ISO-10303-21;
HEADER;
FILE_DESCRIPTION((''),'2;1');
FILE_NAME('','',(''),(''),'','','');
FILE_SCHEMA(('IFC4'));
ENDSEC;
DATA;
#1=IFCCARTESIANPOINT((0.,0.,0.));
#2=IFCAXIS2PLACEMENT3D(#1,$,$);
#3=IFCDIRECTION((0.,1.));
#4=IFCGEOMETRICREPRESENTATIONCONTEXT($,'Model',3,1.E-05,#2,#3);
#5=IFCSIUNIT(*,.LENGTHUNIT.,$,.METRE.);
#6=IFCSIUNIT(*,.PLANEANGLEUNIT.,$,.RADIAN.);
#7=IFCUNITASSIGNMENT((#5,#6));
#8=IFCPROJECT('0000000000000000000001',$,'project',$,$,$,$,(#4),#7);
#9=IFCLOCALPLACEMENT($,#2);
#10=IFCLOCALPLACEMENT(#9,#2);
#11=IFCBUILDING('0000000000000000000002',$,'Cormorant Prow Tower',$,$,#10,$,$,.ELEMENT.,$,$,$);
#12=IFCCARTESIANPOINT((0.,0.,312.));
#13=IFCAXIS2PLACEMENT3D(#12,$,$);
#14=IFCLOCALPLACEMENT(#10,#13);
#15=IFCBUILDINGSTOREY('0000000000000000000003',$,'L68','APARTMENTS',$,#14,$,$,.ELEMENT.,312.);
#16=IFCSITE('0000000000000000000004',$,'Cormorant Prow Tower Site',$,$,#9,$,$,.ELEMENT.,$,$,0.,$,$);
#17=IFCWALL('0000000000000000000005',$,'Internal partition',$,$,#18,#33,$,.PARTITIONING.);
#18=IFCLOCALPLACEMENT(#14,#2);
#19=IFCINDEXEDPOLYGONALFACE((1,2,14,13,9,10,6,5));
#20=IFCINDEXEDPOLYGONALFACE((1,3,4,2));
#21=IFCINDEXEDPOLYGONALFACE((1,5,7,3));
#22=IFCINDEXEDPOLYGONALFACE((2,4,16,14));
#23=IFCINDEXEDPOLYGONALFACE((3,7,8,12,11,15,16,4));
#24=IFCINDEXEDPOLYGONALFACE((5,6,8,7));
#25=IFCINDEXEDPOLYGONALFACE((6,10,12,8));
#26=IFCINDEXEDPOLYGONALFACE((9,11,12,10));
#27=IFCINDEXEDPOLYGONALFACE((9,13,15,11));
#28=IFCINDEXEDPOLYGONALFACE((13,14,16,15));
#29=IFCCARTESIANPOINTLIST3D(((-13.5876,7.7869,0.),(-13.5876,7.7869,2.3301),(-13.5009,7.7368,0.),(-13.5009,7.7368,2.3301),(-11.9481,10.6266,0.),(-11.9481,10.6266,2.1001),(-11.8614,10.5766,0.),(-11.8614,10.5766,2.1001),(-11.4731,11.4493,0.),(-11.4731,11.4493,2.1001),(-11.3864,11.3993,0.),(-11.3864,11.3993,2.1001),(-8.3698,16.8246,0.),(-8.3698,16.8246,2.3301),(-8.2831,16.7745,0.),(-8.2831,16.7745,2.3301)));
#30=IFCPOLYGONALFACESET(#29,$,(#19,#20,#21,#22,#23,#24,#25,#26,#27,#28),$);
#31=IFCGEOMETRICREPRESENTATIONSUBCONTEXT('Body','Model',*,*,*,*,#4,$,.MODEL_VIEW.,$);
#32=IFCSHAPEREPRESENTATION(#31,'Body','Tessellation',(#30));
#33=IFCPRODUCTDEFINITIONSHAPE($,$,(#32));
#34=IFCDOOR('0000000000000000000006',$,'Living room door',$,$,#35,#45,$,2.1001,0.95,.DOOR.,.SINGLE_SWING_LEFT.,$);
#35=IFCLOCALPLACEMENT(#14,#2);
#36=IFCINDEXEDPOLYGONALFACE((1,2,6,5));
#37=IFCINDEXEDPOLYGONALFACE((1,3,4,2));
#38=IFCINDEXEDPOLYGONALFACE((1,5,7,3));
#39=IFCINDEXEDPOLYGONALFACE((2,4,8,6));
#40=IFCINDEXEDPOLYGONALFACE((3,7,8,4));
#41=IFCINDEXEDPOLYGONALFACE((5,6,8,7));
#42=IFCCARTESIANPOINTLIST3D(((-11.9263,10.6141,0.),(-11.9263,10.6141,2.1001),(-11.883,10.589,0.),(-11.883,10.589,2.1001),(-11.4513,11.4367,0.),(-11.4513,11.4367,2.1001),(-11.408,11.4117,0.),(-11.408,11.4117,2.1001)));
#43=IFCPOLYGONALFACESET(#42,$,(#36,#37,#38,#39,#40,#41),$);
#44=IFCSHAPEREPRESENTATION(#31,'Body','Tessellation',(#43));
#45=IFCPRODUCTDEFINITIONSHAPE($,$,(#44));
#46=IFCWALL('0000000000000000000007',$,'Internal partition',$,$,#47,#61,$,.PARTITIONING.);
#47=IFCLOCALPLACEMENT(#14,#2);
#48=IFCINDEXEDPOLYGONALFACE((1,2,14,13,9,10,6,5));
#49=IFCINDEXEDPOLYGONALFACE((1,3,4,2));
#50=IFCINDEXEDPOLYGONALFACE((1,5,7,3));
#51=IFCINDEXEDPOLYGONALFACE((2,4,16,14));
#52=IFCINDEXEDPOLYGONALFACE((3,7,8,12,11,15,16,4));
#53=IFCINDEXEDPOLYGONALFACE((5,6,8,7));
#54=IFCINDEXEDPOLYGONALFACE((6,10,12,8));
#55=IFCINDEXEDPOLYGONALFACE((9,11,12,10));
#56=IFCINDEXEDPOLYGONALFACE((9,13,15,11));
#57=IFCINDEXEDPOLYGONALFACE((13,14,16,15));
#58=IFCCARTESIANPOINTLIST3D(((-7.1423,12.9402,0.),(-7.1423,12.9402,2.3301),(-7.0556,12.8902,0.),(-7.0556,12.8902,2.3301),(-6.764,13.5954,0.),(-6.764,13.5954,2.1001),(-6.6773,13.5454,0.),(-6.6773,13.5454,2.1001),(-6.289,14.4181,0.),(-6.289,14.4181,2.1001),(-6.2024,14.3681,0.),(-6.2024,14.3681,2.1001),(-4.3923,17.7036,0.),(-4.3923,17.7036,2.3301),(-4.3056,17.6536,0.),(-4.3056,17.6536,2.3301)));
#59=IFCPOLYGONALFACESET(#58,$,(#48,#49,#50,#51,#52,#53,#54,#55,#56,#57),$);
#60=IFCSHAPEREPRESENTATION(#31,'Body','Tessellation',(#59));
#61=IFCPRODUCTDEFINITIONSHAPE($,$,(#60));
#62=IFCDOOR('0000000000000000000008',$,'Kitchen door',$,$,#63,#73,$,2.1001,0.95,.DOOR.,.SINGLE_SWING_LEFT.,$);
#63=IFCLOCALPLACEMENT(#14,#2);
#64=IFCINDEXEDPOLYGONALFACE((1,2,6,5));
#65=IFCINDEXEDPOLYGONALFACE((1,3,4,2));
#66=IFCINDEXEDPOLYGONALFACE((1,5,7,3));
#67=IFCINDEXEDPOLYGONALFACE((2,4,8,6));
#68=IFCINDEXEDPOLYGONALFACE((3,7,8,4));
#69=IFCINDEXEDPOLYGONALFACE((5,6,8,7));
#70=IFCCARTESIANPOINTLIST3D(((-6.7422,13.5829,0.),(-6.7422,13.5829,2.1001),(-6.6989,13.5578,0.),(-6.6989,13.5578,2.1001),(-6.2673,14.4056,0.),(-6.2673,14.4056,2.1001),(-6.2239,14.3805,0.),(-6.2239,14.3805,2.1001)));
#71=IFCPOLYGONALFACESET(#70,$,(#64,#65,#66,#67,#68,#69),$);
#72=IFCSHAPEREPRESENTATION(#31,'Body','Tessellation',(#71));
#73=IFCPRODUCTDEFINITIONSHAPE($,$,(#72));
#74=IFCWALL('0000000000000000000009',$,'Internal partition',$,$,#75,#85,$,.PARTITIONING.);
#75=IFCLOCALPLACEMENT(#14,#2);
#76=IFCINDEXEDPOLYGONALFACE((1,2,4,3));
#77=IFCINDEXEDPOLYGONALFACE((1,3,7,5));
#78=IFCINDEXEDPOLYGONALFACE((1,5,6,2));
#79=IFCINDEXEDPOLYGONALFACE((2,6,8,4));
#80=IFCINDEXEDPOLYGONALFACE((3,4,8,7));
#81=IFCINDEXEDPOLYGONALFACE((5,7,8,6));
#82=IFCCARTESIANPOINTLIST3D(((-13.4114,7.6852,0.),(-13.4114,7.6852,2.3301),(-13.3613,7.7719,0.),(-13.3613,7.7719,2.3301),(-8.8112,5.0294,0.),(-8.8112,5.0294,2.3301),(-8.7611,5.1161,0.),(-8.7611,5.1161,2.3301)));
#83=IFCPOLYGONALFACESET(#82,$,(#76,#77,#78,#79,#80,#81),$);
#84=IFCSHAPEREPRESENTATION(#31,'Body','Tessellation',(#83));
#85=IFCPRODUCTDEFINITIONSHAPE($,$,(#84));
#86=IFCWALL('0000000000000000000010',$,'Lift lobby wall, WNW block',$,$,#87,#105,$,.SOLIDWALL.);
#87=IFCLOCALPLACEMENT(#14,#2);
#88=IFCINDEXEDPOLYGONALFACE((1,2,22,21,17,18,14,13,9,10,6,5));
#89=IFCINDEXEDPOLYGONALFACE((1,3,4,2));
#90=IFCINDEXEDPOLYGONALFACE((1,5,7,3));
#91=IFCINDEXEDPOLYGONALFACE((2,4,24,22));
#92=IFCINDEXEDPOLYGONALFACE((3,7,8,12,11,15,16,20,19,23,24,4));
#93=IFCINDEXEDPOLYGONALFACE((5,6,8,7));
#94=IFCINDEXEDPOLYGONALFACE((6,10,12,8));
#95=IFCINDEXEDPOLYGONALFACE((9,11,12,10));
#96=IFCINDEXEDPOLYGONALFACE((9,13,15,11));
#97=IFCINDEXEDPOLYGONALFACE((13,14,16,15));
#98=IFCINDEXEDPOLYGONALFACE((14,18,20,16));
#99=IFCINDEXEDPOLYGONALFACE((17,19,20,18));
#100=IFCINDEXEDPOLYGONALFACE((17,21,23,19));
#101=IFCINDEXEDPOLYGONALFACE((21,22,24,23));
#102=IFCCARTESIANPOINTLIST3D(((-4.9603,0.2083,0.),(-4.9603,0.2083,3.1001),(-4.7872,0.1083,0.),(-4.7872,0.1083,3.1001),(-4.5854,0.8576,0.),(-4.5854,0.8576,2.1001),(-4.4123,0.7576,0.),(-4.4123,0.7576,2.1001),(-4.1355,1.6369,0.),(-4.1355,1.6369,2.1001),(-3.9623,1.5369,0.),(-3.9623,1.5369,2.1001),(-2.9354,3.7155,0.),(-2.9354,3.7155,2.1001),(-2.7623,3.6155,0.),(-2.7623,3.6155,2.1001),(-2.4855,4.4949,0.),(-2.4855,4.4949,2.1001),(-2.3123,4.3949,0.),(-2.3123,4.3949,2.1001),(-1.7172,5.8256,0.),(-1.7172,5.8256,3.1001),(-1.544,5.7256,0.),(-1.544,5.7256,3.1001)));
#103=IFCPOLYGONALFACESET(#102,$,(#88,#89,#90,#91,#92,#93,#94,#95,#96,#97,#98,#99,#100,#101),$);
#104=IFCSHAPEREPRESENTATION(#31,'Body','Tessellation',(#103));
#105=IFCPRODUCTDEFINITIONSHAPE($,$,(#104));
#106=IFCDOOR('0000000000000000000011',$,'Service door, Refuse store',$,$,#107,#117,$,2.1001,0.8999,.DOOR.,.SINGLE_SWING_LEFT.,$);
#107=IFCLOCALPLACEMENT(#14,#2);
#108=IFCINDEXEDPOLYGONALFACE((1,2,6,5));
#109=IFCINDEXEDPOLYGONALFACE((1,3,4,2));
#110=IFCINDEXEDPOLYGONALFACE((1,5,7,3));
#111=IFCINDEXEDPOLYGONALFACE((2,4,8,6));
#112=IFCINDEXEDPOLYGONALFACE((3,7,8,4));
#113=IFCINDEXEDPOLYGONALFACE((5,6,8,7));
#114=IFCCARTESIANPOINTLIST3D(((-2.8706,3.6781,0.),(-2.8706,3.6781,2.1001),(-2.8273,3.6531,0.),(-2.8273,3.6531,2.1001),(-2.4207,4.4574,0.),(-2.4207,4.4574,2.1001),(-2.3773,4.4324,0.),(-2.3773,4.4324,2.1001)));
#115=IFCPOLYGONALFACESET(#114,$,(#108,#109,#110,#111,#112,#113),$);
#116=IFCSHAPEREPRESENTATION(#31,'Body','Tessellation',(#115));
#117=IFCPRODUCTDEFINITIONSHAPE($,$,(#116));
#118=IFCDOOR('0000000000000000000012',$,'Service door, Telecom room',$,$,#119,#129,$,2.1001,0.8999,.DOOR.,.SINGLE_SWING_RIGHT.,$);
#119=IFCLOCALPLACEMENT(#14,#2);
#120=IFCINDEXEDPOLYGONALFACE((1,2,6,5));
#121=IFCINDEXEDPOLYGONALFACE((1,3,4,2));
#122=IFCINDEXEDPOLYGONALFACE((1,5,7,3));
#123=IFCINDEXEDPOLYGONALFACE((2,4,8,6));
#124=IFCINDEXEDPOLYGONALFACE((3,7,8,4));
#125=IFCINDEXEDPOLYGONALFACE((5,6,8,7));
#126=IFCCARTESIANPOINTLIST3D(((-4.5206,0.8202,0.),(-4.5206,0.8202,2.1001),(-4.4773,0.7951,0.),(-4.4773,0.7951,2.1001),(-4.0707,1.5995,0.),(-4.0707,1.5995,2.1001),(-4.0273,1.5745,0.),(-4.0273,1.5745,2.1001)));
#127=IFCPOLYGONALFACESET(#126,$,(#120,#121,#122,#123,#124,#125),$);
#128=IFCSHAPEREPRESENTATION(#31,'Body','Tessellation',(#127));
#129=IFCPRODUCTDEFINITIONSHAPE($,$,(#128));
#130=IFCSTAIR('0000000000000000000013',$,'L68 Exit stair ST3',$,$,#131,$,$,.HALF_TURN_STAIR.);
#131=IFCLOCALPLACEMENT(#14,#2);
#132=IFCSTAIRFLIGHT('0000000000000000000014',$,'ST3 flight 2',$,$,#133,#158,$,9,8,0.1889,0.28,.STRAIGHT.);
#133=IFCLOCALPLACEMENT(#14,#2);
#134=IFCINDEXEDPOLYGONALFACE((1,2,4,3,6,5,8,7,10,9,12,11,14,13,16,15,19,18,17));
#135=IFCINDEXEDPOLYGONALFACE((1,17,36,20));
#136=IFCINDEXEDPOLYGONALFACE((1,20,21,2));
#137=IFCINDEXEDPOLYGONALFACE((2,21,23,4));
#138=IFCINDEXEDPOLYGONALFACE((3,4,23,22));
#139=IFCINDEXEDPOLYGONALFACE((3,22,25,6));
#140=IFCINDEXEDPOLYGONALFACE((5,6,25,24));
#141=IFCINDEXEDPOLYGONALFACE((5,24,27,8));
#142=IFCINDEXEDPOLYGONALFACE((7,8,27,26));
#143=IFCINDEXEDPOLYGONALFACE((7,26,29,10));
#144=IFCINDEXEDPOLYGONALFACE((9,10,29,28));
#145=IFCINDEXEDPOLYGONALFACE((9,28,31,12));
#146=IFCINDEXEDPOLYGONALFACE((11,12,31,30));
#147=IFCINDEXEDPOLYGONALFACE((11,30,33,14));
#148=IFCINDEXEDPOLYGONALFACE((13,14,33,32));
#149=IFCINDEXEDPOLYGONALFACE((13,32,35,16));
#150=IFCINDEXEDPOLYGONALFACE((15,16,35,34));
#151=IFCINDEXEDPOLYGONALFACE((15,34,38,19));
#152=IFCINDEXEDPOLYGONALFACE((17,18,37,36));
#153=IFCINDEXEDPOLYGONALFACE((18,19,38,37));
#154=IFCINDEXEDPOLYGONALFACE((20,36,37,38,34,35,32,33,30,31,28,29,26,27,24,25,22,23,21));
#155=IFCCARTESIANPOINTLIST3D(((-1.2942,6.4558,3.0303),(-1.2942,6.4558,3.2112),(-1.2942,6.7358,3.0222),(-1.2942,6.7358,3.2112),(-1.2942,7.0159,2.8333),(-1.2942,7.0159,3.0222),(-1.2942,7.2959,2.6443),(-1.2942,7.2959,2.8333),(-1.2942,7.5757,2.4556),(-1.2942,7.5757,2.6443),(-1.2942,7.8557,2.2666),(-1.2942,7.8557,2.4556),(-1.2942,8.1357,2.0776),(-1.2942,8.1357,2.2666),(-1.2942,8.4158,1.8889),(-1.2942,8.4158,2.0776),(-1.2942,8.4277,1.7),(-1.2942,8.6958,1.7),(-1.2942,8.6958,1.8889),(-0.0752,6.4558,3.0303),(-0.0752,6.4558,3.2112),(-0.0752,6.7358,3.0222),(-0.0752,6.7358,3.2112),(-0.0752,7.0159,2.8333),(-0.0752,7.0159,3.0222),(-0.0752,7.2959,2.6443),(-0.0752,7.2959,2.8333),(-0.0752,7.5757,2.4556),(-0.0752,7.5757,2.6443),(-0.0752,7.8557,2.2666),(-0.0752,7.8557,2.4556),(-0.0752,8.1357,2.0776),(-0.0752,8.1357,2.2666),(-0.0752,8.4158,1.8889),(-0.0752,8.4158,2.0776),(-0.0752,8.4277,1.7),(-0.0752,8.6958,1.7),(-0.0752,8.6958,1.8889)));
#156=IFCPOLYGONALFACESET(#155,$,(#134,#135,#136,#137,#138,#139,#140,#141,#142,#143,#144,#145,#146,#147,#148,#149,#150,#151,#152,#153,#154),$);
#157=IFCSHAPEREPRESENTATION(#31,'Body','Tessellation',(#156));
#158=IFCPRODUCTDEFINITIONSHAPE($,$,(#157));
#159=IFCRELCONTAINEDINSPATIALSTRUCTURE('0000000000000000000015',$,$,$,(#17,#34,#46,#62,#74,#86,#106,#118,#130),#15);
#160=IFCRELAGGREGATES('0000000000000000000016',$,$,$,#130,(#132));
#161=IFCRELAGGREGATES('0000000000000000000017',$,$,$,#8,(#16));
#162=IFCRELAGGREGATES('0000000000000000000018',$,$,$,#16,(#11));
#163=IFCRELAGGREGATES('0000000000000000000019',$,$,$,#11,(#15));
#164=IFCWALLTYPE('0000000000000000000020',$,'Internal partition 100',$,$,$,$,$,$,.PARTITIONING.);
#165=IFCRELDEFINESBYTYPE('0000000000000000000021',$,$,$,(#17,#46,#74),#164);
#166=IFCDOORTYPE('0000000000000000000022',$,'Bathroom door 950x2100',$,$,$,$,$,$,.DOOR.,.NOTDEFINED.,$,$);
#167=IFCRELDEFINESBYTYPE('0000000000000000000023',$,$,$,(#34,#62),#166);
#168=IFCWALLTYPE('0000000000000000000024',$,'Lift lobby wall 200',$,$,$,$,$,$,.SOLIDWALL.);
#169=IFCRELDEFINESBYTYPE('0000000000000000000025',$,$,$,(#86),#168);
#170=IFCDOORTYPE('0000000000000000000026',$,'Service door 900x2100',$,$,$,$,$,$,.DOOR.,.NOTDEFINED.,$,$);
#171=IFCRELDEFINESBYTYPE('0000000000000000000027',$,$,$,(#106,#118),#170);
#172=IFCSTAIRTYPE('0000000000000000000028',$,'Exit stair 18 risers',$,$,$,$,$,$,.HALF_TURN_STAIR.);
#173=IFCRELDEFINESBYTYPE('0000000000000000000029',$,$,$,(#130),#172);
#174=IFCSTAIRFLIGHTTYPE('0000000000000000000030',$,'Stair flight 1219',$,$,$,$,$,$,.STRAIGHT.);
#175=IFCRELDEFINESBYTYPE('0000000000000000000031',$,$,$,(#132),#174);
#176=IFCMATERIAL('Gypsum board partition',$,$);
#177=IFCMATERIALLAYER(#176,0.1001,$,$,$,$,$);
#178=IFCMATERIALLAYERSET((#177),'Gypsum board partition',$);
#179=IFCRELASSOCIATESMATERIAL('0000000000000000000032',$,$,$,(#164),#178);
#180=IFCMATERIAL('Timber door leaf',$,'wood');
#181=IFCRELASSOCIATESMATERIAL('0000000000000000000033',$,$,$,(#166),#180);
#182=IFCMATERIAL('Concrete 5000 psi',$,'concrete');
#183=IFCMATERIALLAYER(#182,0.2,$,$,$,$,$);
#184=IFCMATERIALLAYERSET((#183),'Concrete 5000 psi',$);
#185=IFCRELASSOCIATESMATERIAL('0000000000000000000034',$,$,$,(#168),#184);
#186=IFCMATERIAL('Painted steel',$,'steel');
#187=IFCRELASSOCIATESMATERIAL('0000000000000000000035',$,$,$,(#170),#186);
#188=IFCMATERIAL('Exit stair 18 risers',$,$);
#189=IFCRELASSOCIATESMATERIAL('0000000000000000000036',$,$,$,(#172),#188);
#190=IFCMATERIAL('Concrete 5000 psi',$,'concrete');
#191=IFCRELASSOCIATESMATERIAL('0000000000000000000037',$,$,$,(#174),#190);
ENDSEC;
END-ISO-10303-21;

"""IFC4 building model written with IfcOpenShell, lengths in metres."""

from ifc_helpers import new_model, si_unit, direction, frame, frame_2d, origin, place, context, subcontext, project, spatial, polyline, rectangle, outline, extrude, material, layer, layer_set, type_object, element, fill, aggregate, save


model = new_model("IFC4")

# Units and contexts
model_context = context("Model", 3, precision=1e-05, world=origin(), true_north=direction((0.0, 1.0)))
body_context = subcontext(model_context, "Body", "Model", "MODEL_VIEW")
ifc_project = project(units=[si_unit("LENGTHUNIT", "METRE"), si_unit("PLANEANGLEUNIT", "RADIAN")], contexts=[model_context])

# Site, building, storey
site_placement = place(None, origin())
site = spatial("IfcSite", under=ifc_project, at=site_placement, Name="Cormorant Prow Tower Site", CompositionType="ELEMENT", RefElevation=0.0)
building_placement = place(site_placement, origin())
building = spatial("IfcBuilding", under=site, at=building_placement, Name="Cormorant Prow Tower", CompositionType="ELEMENT")
storey_placement = place(building_placement, frame((0.0, 0.0, 312.0)))
storey = spatial("IfcBuildingStorey", under=building, at=storey_placement, Name="L68", Description="APARTMENTS", CompositionType="ELEMENT", Elevation=312.0)

# Walls, openings, doors
ifc_material_1 = material(Name="Gypsum board partition")
ifc_layer_1 = layer(ifc_material_1, 0.1001)
ifc_layer_set_1 = layer_set([ifc_layer_1], Name="Gypsum board partition")
wall_type_1 = type_object("IfcWallType", Name="Internal partition 100", PredefinedType="PARTITIONING", material=ifc_layer_set_1)
wall_1_placement = place(storey_placement, frame((-13.5442, 7.762, 0.0), z_axis=(0.0, 0.0, 1.0), x_axis=(0.499994, 0.866029, 0.0)))
wall_1 = element("IfcWall", 1, at=wall_1_placement, inside=storey, type_object=wall_type_1, Name="Internal partition", PredefinedType="PARTITIONING", context=body_context, shape_type="SweptSolid", body=[
    extrude(rectangle(XDim=10.4358, YDim=0.1001, at=frame_2d((5.2178, 0.0))), origin(), (0.0, 0.0, 1.0), 2.3301),
])
opening_1_placement = place(wall_1_placement, frame((3.2788, 0.0, 0.0)))
opening_1 = element("IfcOpeningElement", 2, at=opening_1_placement, cuts=wall_1, PredefinedType="OPENING", context=body_context, shape_type="SweptSolid", body=[
    extrude(rectangle(XDim=0.95, YDim=2.1001, at=frame_2d((0.4751, 1.05))), frame((0.0, 0.0601, 0.0), z_axis=(0.0, -1.0, 0.0), x_axis=(1.0, 0.0, 0.0)), (0.0, 0.0, 1.0), 0.1201),
])
ifc_material_2 = material(Name="Timber door leaf", Category="wood")
door_type_1 = type_object("IfcDoorType", Name="Bathroom door 950x2100", OperationType="NOTDEFINED", PredefinedType="DOOR", material=ifc_material_2)
door_1_placement = place(opening_1_placement, origin())
door_1 = element("IfcDoor", 3, at=door_1_placement, inside=storey, type_object=door_type_1, Name="Living room door", OperationType="SINGLE_SWING_LEFT", OverallHeight=2.1001, OverallWidth=0.95, PredefinedType="DOOR", context=body_context, shape_type="SweptSolid", body=[
    extrude(rectangle(XDim=0.95, YDim=2.1001, at=frame_2d((0.4751, 1.05))), frame((0.0, 0.0249, 0.0), z_axis=(0.0, -1.0, 0.0), x_axis=(1.0, 0.0, 0.0)), (0.0, 0.0, 1.0), 0.05),
])
fill(opening_1, door_1)
wall_2_placement = place(storey_placement, frame((-7.0989, 12.9153, 0.0), z_axis=(0.0, 0.0, 1.0), x_axis=(0.499977, 0.866038, 0.0)))
wall_2 = element("IfcWall", 4, at=wall_2_placement, inside=storey, type_object=wall_type_1, Name="Internal partition", PredefinedType="PARTITIONING", context=body_context, shape_type="SweptSolid", body=[
    extrude(rectangle(XDim=5.5002, YDim=0.1001, at=frame_2d((2.75, 0.0))), origin(), (0.0, 0.0, 1.0), 2.3301),
])
opening_2_placement = place(wall_2_placement, frame((0.7563, 0.0, 0.0)))
opening_2 = element("IfcOpeningElement", 5, at=opening_2_placement, cuts=wall_2, PredefinedType="OPENING", context=body_context, shape_type="SweptSolid", body=[
    extrude(rectangle(XDim=0.95, YDim=2.1001, at=frame_2d((0.4751, 1.05))), frame((0.0, 0.0601, 0.0), z_axis=(0.0, -1.0, 0.0), x_axis=(1.0, 0.0, 0.0)), (0.0, 0.0, 1.0), 0.1201),
])
door_2_placement = place(opening_2_placement, origin())
door_2 = element("IfcDoor", 6, at=door_2_placement, inside=storey, type_object=door_type_1, Name="Kitchen door", OperationType="SINGLE_SWING_LEFT", OverallHeight=2.1001, OverallWidth=0.95, PredefinedType="DOOR", context=body_context, shape_type="SweptSolid", body=[
    extrude(rectangle(XDim=0.95, YDim=2.1001, at=frame_2d((0.4751, 1.05))), frame((0.0, 0.0249, 0.0), z_axis=(0.0, -1.0, 0.0), x_axis=(1.0, 0.0, 0.0)), (0.0, 0.0, 1.0), 0.05),
])
fill(opening_2, door_2)

# Wall
wall_3_placement = place(storey_placement, frame((-13.3862, 7.7285, 0.0), z_axis=(0.0, 0.0, 1.0), x_axis=(0.866034, -0.499985, 0.0)))
element("IfcWall", 7, at=wall_3_placement, inside=storey, type_object=wall_type_1, Name="Internal partition", PredefinedType="PARTITIONING", context=body_context, shape_type="SweptSolid", body=[
    extrude(rectangle(XDim=5.3118, YDim=0.1001, at=frame_2d((2.6558, 0.0))), origin(), (0.0, 0.0, 1.0), 2.3301),
])

# Wall, openings, doors
ifc_material_3 = material(Name="Concrete 5000 psi", Category="concrete")
ifc_layer_2 = layer(ifc_material_3, 0.2)
ifc_layer_set_2 = layer_set([ifc_layer_2], Name="Concrete 5000 psi")
wall_type_2 = type_object("IfcWallType", Name="Lift lobby wall 200", PredefinedType="SOLIDWALL", material=ifc_layer_set_2)
wall_4_placement = place(storey_placement, frame((-1.6306, 5.7756, 0.0), z_axis=(0.0, 0.0, 1.0), x_axis=(-0.499993, -0.86603, 0.0)))
wall_4 = element("IfcWall", 8, at=wall_4_placement, inside=storey, type_object=wall_type_2, Name="Lift lobby wall, WNW block", PredefinedType="SOLIDWALL", context=body_context, shape_type="SweptSolid", body=[
    extrude(rectangle(XDim=6.4863, YDim=0.2, at=frame_2d((3.2432, 0.0))), origin(), (0.0, 0.0, 1.0), 3.1001),
])
opening_3_placement = place(wall_4_placement, frame((1.5366, 0.0, 0.0)))
opening_3 = element("IfcOpeningElement", 9, at=opening_3_placement, cuts=wall_4, PredefinedType="OPENING", context=body_context, shape_type="SweptSolid", body=[
    extrude(rectangle(XDim=0.8999, YDim=2.1001, at=frame_2d((0.45, 1.05))), frame((0.0, 0.1099, 0.0), z_axis=(0.0, -1.0, 0.0), x_axis=(1.0, 0.0, 0.0)), (0.0, 0.0, 1.0), 0.22),
])
opening_4_placement = place(wall_4_placement, frame((4.8367, 0.0, 0.0)))
opening_4 = element("IfcOpeningElement", 10, at=opening_4_placement, cuts=wall_4, PredefinedType="OPENING", context=body_context, shape_type="SweptSolid", body=[
    extrude(rectangle(XDim=0.8999, YDim=2.1001, at=frame_2d((0.45, 1.05))), frame((0.0, 0.1099, 0.0), z_axis=(0.0, -1.0, 0.0), x_axis=(1.0, 0.0, 0.0)), (0.0, 0.0, 1.0), 0.22),
])
ifc_material_4 = material(Name="Painted steel", Category="steel")
door_type_2 = type_object("IfcDoorType", Name="Service door 900x2100", OperationType="NOTDEFINED", PredefinedType="DOOR", material=ifc_material_4)
door_3_placement = place(opening_3_placement, origin())
door_3 = element("IfcDoor", 11, at=door_3_placement, inside=storey, type_object=door_type_2, Name="Service door, Refuse store", OperationType="SINGLE_SWING_LEFT", OverallHeight=2.1001, OverallWidth=0.8999, PredefinedType="DOOR", context=body_context, shape_type="SweptSolid", body=[
    extrude(rectangle(XDim=0.8999, YDim=2.1001, at=frame_2d((0.45, 1.05))), frame((0.0, 0.0249, 0.0), z_axis=(0.0, -1.0, 0.0), x_axis=(1.0, 0.0, 0.0)), (0.0, 0.0, 1.0), 0.05),
])
fill(opening_3, door_3)
door_4_placement = place(opening_4_placement, origin())
door_4 = element("IfcDoor", 12, at=door_4_placement, inside=storey, type_object=door_type_2, Name="Service door, Telecom room", OperationType="SINGLE_SWING_RIGHT", OverallHeight=2.1001, OverallWidth=0.8999, PredefinedType="DOOR", context=body_context, shape_type="SweptSolid", body=[
    extrude(rectangle(XDim=0.8999, YDim=2.1001, at=frame_2d((0.45, 1.05))), frame((0.0, 0.0249, 0.0), z_axis=(0.0, -1.0, 0.0), x_axis=(1.0, 0.0, 0.0)), (0.0, 0.0, 1.0), 0.05),
])
fill(opening_4, door_4)

# Stair, stair flight
ifc_material_5 = material(Name="Exit stair 18 risers")
stair_type = type_object("IfcStairType", Name="Exit stair 18 risers", PredefinedType="HALF_TURN_STAIR", material=ifc_material_5)
stair_placement = place(storey_placement, origin())
stair = element("IfcStair", 13, at=stair_placement, inside=storey, type_object=stair_type, Name="L68 Exit stair ST3", PredefinedType="HALF_TURN_STAIR")
ifc_material_6 = material(Name="Concrete 5000 psi", Category="concrete")
stair_flight_type = type_object("IfcStairFlightType", Name="Stair flight 1219", PredefinedType="STRAIGHT", material=ifc_material_6)
stair_flight_placement = place(storey_placement, frame((-0.6846, 8.6958, 1.7), z_axis=(0.0, 0.0, 1.0), x_axis=(0.0, -1.0, 0.0)))
stair_flight = element("IfcStairFlight", 14, at=stair_flight_placement, type_object=stair_flight_type, Name="ST3 flight 2", NumberOfRisers=9, NumberOfTreads=8, PredefinedType="STRAIGHT", RiserHeight=0.1889, TreadLength=0.28, context=body_context, shape_type="SweptSolid", body=[
    extrude(outline(polyline([(0.0, 0.0), (0.0, 0.189), (0.28, 0.189), (0.28, 0.3777), (0.5601, 0.3777), (0.5601, 0.5667), (0.8401, 0.5667), (0.8401, 0.7556), (1.1201, 0.7556), (1.1201, 0.9443), (1.3999, 0.9443), (1.3999, 1.1333), (1.6799, 1.1333), (1.6799, 1.3223), (1.96, 1.3223), (1.96, 1.5112), (2.24, 1.5112), (2.24, 1.7), (2.24, 1.3303), (0.2681, 0.0), (0.0, 0.0)])), frame((0.0, 0.6094, 0.0), z_axis=(0.0, -1.0, 0.0), x_axis=(1.0, 0.0, 0.0)), (0.0, 0.0, 1.0), 1.219),
])
aggregate(stair, [stair_flight])

save(model, "model.ifc")
